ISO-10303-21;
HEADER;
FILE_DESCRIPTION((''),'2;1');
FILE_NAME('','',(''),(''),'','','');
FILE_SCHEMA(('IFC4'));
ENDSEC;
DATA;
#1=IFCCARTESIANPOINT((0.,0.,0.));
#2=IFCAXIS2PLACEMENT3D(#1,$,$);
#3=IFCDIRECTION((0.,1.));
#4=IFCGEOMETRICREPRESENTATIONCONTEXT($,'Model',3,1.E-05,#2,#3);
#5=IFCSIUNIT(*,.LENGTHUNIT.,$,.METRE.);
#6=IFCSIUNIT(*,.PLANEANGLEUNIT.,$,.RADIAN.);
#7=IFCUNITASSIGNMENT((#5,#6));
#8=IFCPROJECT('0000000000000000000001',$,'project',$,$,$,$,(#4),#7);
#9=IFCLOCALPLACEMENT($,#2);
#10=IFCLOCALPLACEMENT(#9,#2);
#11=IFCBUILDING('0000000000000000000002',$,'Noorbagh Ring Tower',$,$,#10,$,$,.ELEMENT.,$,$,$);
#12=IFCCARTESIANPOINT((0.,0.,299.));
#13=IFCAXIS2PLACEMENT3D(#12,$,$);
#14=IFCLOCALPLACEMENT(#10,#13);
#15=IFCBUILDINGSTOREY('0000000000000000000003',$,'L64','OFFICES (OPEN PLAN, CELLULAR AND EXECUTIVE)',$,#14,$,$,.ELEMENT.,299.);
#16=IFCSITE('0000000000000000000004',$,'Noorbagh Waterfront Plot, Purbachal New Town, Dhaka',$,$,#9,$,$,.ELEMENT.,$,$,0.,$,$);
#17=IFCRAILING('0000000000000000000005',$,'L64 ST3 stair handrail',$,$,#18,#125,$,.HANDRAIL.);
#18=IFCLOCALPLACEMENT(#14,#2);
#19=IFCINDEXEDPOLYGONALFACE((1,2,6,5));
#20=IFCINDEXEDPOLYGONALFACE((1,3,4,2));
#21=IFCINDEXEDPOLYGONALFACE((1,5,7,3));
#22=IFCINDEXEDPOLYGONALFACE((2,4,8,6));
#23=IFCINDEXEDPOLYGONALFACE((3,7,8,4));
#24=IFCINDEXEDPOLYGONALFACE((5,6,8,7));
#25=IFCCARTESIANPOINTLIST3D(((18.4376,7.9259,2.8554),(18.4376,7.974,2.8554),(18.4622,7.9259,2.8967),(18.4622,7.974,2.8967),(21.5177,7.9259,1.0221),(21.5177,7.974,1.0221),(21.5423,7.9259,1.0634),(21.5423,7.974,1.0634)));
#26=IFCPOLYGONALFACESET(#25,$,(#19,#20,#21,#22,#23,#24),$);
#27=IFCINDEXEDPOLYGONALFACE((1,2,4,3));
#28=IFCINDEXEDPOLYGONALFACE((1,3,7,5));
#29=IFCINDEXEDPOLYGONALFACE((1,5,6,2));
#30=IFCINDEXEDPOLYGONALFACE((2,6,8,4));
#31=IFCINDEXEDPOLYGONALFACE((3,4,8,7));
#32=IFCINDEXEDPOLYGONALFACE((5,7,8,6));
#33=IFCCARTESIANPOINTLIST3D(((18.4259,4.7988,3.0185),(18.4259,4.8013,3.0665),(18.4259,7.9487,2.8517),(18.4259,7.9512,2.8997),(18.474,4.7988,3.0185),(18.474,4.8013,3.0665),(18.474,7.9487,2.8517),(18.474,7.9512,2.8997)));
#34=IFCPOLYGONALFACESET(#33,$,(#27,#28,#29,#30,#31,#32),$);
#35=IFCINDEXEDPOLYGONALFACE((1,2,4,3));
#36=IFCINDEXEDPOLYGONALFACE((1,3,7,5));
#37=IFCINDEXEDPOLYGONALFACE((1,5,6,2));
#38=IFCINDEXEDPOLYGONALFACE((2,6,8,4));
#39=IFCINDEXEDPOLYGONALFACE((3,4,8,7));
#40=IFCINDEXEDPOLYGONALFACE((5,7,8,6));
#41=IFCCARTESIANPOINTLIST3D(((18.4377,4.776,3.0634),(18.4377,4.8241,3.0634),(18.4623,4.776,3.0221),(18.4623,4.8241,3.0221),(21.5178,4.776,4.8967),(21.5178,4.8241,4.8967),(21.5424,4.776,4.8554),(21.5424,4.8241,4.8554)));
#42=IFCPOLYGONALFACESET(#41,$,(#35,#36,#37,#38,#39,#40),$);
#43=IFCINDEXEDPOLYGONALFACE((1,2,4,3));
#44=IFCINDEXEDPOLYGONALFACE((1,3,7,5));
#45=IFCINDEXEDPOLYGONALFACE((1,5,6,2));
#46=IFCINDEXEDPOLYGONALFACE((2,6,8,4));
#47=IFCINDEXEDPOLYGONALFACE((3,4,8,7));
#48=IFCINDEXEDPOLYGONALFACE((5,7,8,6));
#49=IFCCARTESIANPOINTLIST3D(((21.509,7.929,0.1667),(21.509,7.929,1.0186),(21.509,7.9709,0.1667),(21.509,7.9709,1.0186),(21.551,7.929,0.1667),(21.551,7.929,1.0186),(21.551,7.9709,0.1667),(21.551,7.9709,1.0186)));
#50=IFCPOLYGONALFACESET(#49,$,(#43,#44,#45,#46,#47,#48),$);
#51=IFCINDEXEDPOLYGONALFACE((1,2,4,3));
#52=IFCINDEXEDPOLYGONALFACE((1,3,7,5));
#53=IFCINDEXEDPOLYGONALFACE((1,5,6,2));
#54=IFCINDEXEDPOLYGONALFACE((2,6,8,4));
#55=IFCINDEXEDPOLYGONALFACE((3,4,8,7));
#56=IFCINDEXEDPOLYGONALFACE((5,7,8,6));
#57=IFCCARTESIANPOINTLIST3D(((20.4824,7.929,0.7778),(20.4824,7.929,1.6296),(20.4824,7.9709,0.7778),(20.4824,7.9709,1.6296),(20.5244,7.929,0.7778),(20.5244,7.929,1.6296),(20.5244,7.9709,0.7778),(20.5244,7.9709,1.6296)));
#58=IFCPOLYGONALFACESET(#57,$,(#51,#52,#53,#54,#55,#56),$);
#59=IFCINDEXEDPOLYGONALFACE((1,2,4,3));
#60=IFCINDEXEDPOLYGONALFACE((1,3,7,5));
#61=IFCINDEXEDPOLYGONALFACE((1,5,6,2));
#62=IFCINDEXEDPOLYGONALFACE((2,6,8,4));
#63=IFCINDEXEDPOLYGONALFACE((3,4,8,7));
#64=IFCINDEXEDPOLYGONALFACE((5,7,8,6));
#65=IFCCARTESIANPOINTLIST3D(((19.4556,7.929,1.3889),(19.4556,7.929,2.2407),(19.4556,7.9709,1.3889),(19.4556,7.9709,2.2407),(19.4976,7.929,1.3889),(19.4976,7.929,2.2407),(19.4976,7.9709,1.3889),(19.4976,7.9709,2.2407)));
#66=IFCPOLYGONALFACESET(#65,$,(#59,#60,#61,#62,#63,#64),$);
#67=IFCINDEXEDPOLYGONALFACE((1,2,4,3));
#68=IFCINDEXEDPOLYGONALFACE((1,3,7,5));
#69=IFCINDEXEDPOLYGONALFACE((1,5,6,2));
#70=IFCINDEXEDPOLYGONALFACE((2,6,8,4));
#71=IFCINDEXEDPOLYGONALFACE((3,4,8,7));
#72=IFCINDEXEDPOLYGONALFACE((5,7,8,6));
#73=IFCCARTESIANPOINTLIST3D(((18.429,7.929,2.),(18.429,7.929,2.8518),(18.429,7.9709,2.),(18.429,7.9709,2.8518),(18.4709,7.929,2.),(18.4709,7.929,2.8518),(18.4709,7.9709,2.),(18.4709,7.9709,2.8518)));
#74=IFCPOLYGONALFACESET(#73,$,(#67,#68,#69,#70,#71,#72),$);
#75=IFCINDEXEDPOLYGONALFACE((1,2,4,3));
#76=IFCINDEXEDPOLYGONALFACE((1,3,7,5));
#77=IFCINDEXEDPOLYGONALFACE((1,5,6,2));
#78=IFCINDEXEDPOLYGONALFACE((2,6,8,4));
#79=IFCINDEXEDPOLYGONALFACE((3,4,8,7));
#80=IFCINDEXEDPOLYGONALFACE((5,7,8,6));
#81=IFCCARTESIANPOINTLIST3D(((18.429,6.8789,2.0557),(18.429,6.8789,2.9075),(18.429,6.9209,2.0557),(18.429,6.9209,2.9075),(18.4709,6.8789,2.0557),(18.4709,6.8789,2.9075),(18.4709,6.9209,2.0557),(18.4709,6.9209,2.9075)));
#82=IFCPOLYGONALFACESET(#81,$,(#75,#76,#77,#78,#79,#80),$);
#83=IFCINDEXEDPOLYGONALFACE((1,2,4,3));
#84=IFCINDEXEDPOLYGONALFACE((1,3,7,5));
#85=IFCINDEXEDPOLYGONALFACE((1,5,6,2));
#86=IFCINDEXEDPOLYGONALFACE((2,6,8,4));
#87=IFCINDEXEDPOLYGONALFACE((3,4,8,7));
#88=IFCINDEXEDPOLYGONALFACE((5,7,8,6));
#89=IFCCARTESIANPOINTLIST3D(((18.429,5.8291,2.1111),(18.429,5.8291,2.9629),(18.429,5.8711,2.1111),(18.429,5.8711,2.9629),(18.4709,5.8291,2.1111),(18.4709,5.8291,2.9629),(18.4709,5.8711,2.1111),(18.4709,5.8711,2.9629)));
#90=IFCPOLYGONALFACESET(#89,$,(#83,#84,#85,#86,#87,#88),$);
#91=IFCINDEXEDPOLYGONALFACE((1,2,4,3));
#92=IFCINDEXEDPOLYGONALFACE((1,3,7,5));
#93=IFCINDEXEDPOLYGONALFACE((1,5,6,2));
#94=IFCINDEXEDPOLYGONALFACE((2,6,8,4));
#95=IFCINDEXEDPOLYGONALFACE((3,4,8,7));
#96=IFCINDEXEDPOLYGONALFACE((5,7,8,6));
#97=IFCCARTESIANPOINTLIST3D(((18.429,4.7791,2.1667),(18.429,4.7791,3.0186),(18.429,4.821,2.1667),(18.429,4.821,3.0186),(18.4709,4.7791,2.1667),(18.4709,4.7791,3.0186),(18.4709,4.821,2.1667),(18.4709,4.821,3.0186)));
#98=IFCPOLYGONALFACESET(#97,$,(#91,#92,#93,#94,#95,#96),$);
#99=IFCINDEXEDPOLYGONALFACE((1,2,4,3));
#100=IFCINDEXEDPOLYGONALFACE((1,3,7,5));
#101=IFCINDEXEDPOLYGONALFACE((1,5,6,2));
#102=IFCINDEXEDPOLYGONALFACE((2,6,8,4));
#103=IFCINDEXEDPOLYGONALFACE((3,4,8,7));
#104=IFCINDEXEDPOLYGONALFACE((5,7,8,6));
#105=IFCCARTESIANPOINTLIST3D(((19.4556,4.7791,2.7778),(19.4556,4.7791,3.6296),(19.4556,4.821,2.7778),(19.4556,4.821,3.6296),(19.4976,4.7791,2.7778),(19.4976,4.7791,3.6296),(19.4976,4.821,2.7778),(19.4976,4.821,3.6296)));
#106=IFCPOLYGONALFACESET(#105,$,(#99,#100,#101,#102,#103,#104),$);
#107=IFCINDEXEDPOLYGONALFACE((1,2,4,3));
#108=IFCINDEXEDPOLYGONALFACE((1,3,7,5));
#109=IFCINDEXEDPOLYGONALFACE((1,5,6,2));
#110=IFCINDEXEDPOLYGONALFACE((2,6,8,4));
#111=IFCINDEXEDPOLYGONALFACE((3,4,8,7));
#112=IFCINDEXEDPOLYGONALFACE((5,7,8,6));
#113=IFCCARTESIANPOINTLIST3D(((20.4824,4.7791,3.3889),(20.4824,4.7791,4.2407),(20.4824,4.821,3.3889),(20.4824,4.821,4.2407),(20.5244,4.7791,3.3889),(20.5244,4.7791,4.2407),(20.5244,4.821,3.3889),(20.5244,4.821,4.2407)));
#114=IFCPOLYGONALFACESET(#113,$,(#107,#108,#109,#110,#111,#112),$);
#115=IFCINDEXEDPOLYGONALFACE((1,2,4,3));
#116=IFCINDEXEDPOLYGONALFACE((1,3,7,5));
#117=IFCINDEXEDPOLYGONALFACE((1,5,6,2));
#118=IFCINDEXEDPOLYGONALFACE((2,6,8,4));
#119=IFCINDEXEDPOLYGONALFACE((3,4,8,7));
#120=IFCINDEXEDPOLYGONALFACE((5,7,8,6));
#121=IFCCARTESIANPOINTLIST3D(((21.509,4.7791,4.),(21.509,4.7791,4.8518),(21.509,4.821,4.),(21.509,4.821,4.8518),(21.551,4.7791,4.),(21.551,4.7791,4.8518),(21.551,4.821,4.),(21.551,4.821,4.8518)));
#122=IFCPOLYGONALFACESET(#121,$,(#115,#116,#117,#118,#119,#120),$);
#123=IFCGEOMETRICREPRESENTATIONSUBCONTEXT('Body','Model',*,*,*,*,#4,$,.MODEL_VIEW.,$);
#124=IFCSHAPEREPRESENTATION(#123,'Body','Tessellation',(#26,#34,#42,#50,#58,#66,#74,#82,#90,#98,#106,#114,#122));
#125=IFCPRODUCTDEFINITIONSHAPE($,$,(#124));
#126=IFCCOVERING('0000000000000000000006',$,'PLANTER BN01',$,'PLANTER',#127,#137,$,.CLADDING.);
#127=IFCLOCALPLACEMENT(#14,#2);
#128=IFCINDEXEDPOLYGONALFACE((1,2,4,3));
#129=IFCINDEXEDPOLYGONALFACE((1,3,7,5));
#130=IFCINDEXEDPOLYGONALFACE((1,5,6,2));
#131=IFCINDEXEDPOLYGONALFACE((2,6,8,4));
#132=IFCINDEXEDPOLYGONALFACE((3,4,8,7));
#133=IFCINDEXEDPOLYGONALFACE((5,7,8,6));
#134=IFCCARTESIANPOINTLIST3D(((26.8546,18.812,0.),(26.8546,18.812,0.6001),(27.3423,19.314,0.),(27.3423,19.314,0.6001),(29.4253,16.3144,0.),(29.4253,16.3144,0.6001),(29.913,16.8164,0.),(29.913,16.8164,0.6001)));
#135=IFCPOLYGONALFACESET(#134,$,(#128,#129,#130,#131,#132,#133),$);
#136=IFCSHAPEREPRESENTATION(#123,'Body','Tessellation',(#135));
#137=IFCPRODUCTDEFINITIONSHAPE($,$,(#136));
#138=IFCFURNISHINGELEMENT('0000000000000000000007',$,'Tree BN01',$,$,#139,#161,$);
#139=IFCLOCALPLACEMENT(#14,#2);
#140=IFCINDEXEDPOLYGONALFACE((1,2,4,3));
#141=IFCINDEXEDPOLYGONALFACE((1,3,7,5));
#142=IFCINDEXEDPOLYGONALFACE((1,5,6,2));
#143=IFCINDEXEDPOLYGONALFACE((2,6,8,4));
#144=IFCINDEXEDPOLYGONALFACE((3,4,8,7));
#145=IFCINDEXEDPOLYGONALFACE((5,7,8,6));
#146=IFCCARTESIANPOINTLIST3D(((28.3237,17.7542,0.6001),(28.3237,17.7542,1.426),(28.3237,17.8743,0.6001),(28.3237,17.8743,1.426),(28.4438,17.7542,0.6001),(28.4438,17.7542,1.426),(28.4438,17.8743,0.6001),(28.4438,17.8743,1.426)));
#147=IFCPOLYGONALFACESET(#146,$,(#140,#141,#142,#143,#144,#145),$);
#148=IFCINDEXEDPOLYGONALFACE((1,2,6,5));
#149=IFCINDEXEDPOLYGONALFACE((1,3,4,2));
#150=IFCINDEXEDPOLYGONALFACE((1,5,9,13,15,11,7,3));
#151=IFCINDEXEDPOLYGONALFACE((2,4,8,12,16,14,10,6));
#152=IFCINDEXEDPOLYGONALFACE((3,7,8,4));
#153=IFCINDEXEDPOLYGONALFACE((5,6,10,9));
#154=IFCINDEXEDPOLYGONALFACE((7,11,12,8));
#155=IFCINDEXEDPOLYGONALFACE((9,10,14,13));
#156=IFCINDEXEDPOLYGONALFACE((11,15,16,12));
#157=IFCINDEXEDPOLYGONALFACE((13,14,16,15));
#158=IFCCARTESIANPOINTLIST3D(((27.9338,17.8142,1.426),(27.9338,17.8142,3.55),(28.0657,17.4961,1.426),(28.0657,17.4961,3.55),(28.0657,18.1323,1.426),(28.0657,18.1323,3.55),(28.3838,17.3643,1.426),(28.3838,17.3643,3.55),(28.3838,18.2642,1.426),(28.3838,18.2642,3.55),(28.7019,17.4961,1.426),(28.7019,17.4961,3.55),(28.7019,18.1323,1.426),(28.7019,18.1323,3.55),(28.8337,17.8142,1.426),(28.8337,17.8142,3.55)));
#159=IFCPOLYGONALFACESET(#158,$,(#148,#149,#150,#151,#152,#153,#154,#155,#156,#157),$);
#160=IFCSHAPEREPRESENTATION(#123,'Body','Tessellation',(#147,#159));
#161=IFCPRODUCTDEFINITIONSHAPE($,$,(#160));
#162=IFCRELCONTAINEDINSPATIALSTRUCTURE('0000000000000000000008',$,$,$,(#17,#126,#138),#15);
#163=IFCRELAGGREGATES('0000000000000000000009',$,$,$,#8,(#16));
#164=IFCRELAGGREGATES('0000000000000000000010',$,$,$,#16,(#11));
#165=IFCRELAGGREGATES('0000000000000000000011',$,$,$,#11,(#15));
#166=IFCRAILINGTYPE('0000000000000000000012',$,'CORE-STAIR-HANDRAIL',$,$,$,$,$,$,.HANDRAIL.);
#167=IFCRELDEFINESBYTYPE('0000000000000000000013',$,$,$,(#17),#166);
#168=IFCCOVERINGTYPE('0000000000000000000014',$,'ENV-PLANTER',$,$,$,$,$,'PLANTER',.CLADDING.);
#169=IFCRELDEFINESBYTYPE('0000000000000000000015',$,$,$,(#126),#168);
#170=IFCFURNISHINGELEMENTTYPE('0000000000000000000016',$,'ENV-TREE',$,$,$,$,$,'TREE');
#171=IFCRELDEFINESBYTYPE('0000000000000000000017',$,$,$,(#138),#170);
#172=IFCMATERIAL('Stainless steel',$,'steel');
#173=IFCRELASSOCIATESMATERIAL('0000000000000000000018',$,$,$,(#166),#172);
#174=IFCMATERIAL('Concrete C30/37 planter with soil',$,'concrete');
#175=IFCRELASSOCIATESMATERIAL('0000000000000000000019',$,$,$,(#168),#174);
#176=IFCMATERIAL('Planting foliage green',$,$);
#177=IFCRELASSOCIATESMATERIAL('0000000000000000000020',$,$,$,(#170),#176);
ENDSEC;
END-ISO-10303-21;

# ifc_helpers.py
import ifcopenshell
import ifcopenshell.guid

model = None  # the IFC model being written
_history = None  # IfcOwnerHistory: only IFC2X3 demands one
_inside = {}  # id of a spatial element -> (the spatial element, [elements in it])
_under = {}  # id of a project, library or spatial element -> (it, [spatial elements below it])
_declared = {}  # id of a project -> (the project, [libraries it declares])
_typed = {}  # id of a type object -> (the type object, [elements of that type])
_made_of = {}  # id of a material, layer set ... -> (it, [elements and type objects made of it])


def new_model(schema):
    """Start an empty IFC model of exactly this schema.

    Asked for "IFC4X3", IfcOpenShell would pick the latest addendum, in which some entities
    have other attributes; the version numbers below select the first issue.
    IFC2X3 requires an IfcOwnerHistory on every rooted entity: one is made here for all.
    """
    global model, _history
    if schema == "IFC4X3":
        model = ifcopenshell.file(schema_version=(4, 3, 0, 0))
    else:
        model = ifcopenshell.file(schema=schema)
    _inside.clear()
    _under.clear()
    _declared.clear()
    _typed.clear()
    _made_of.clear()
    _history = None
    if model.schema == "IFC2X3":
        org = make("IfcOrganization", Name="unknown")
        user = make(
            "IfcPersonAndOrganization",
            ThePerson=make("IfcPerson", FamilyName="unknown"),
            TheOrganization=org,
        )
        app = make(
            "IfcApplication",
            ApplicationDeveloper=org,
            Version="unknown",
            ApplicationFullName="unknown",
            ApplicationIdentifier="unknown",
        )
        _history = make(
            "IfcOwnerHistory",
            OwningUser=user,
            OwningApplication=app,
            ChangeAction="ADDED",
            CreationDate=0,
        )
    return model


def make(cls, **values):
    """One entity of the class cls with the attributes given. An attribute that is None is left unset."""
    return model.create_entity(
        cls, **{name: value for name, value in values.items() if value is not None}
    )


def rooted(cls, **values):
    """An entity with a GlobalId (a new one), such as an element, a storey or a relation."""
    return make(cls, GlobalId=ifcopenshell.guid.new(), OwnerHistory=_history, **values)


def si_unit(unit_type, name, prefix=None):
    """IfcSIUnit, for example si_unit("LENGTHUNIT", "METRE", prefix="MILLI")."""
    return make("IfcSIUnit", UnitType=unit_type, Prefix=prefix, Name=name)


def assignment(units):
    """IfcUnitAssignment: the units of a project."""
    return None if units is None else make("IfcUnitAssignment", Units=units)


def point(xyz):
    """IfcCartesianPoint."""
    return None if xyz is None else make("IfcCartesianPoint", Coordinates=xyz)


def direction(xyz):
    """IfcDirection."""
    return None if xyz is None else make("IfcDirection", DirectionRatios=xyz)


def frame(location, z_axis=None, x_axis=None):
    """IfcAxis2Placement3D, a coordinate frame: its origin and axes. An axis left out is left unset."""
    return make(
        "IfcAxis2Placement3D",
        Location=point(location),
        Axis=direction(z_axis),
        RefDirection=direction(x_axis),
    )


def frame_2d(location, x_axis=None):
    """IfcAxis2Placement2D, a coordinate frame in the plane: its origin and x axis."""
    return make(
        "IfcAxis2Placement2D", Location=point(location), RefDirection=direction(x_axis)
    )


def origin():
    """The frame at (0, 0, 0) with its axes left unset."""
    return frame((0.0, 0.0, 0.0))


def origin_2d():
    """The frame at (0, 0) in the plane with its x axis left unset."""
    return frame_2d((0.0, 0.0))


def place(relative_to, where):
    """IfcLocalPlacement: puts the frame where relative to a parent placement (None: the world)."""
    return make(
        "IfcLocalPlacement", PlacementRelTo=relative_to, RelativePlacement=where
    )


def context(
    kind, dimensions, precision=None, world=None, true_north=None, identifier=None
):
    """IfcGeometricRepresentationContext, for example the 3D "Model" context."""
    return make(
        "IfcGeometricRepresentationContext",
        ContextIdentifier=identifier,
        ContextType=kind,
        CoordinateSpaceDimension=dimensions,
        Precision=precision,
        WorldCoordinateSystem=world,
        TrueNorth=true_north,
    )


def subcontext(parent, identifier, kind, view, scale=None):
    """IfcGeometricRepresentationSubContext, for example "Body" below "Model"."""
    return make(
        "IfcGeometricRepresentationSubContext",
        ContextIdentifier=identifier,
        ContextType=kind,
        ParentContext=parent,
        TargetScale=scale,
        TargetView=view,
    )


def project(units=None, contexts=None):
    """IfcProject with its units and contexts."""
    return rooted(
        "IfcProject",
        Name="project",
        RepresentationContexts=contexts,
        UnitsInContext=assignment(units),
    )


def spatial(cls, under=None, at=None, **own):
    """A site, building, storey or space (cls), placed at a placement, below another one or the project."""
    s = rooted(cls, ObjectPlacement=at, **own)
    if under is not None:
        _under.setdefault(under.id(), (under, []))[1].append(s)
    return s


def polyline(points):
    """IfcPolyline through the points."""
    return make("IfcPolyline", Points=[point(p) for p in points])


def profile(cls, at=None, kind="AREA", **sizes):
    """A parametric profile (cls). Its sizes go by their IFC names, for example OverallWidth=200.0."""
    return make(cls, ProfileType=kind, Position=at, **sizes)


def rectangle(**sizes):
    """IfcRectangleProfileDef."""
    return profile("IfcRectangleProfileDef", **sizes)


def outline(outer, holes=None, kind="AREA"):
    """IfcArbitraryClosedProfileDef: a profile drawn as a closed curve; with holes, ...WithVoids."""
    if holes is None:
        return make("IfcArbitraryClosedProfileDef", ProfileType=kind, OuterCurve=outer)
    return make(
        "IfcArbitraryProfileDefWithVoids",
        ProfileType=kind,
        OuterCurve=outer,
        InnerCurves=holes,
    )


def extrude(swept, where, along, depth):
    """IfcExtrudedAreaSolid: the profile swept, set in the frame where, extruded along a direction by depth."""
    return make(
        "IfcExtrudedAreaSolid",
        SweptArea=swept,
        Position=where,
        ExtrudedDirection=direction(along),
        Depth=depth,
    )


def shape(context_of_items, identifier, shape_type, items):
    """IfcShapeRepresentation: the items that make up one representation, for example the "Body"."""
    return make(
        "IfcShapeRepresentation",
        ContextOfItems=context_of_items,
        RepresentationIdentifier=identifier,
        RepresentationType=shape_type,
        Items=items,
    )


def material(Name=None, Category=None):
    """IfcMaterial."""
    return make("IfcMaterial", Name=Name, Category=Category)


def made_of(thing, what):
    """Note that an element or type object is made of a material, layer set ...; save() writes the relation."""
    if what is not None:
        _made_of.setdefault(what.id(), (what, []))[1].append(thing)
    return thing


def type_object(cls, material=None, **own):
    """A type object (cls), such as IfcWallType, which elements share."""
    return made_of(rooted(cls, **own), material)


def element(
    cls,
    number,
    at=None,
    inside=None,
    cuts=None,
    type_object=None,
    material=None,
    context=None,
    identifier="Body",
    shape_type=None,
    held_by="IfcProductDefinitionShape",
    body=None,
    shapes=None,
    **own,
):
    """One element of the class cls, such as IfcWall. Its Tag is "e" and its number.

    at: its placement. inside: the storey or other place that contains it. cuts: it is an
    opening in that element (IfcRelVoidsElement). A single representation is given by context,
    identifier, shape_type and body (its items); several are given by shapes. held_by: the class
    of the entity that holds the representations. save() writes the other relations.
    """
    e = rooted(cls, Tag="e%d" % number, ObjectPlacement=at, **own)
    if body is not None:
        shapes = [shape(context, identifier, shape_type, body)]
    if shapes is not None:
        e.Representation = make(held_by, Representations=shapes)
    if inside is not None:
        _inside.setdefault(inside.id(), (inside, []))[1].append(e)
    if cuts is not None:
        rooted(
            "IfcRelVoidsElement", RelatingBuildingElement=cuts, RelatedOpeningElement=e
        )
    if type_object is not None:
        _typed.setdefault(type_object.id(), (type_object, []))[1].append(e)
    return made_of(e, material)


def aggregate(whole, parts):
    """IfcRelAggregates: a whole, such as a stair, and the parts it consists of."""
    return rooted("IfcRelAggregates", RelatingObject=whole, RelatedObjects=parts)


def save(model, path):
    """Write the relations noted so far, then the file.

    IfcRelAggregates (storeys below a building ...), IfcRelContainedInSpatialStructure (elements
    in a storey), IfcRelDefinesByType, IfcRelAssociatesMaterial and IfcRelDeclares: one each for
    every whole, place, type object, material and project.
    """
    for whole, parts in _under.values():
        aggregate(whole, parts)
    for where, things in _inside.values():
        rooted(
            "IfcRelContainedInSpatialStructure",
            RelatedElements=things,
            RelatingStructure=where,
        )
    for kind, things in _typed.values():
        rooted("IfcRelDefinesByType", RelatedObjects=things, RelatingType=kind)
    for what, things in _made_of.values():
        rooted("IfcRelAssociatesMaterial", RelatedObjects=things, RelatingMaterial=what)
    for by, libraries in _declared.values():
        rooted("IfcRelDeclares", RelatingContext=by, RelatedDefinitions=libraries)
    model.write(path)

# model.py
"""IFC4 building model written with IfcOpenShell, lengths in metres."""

from ifc_helpers import new_model, si_unit, direction, frame, origin, origin_2d, place, context, subcontext, project, spatial, polyline, rectangle, outline, extrude, material, type_object, element, save


model = new_model("IFC4")

# Units and contexts
model_context = context("Model", 3, precision=1e-05, world=origin(), true_north=direction((0.0, 1.0)))
body_context = subcontext(model_context, "Body", "Model", "MODEL_VIEW")
ifc_project = project(units=[si_unit("LENGTHUNIT", "METRE"), si_unit("PLANEANGLEUNIT", "RADIAN")], contexts=[model_context])

# Site, building, storey
site_placement = place(None, origin())
site = spatial("IfcSite", under=ifc_project, at=site_placement, Name="Noorbagh Waterfront Plot, Purbachal New Town, Dhaka", CompositionType="ELEMENT", RefElevation=0.0)
building_placement = place(site_placement, origin())
building = spatial("IfcBuilding", under=site, at=building_placement, Name="Noorbagh Ring Tower", CompositionType="ELEMENT")
storey_placement = place(building_placement, frame((0.0, 0.0, 299.0)))
storey = spatial("IfcBuildingStorey", under=building, at=storey_placement, Name="L64", Description="OFFICES (OPEN PLAN, CELLULAR AND EXECUTIVE)", CompositionType="ELEMENT", Elevation=299.0)

# Railing
ifc_material_1 = material(Name="Stainless steel", Category="steel")
railing_type_1 = type_object("IfcRailingType", Name="CORE-STAIR-HANDRAIL", PredefinedType="HANDRAIL", material=ifc_material_1)
railing_1_placement = place(storey_placement, frame((21.53, 7.95, 0.1667)))
element("IfcRailing", 1, at=railing_1_placement, inside=storey, type_object=railing_type_1, Name="L64 ST3 stair handrail", PredefinedType="HANDRAIL", context=body_context, shape_type="SweptSolid", body=[
    extrude(rectangle(XDim=0.0481, YDim=0.0481, at=origin_2d()), frame((0.0, 0.0, 0.876), z_axis=(-0.859309, 0.0, 0.511458), x_axis=(0.0, -1.0, 0.0)), (0.0, 0.0, 1.0), 3.5845),
    extrude(rectangle(XDim=0.0481, YDim=0.0481, at=origin_2d()), frame((-3.0801, 0.0, 2.709), z_axis=(0.0, -0.998602, 0.052864), x_axis=(1.0, 0.0, 0.0)), (0.0, 0.0, 1.0), 3.1543),
    extrude(rectangle(XDim=0.0481, YDim=0.0481, at=origin_2d()), frame((-3.0801, -3.1499, 2.876), z_axis=(0.859309, 0.0, 0.511458), x_axis=(0.0, 1.0, 0.0)), (0.0, 0.0, 1.0), 3.5845),
    extrude(rectangle(XDim=0.042, YDim=0.042, at=origin_2d()), origin(), (0.0, 0.0, 1.0), 0.8518),
    extrude(rectangle(XDim=0.042, YDim=0.042, at=origin_2d()), frame((-1.0266, 0.0, 0.6111)), (0.0, 0.0, 1.0), 0.8518),
    extrude(rectangle(XDim=0.042, YDim=0.042, at=origin_2d()), frame((-2.0535, 0.0, 1.2222)), (0.0, 0.0, 1.0), 0.8518),
    extrude(rectangle(XDim=0.042, YDim=0.042, at=origin_2d()), frame((-3.0801, 0.0, 1.8333)), (0.0, 0.0, 1.0), 0.8518),
    extrude(rectangle(XDim=0.042, YDim=0.042, at=origin_2d()), frame((-3.0801, -1.05, 1.8889)), (0.0, 0.0, 1.0), 0.8518),
    extrude(rectangle(XDim=0.042, YDim=0.042, at=origin_2d()), frame((-3.0801, -2.0999, 1.9443)), (0.0, 0.0, 1.0), 0.8518),
    extrude(rectangle(XDim=0.042, YDim=0.042, at=origin_2d()), frame((-3.0801, -3.1499, 2.0)), (0.0, 0.0, 1.0), 0.8518),
    extrude(rectangle(XDim=0.042, YDim=0.042, at=origin_2d()), frame((-2.0535, -3.1499, 2.6111)), (0.0, 0.0, 1.0), 0.8518),
    extrude(rectangle(XDim=0.042, YDim=0.042, at=origin_2d()), frame((-1.0266, -3.1499, 3.2222)), (0.0, 0.0, 1.0), 0.8518),
    extrude(rectangle(XDim=0.042, YDim=0.042, at=origin_2d()), frame((0.0, -3.1499, 3.8333)), (0.0, 0.0, 1.0), 0.8518),
])

# Covering
ifc_material_2 = material(Name="Concrete C30/37 planter with soil", Category="concrete")
covering_type = type_object("IfcCoveringType", Name="ENV-PLANTER", ElementType="PLANTER", PredefinedType="CLADDING", material=ifc_material_2)
covering_placement = place(storey_placement, frame((28.3838, 17.8142, 0.0), z_axis=(0.0, 0.0, 1.0), x_axis=(-0.717225, 0.696842, 0.0)))
element("IfcCovering", 2, at=covering_placement, inside=storey, type_object=covering_type, Name="PLANTER BN01", ObjectType="PLANTER", PredefinedType="CLADDING", context=body_context, shape_type="SweptSolid", body=[
    extrude(rectangle(XDim=3.5842, YDim=0.7, at=origin_2d()), origin(), (0.0, 0.0, 1.0), 0.6001),
])

# Furnishing element
ifc_material_3 = material(Name="Planting foliage green")
furnishing_element_type = type_object("IfcFurnishingElementType", Name="ENV-TREE", ElementType="TREE", material=ifc_material_3)
furnishing_placement = place(storey_placement, frame((28.3838, 17.8142, 0.6001), z_axis=(0.0, 0.0, 1.0), x_axis=(1.0, 0.0, 0.0)))
element("IfcFurnishingElement", 3, at=furnishing_placement, inside=storey, type_object=furnishing_element_type, Name="Tree BN01", context=body_context, shape_type="SweptSolid", body=[
    extrude(rectangle(XDim=0.1201, YDim=0.1201, at=origin_2d()), origin(), (0.0, 0.0, 1.0), 0.8259),
    extrude(outline(polyline([(0.45, 0.0), (0.3181, 0.3181), (0.0, 0.45), (-0.3181, 0.3181), (-0.45, 0.0), (-0.3181, -0.3181), (0.0, -0.45), (0.3181, -0.3181), (0.45, 0.0)])), frame((0.0, 0.0, 0.8259)), (0.0, 0.0, 1.0), 2.124),
])

save(model, "model.ifc")
